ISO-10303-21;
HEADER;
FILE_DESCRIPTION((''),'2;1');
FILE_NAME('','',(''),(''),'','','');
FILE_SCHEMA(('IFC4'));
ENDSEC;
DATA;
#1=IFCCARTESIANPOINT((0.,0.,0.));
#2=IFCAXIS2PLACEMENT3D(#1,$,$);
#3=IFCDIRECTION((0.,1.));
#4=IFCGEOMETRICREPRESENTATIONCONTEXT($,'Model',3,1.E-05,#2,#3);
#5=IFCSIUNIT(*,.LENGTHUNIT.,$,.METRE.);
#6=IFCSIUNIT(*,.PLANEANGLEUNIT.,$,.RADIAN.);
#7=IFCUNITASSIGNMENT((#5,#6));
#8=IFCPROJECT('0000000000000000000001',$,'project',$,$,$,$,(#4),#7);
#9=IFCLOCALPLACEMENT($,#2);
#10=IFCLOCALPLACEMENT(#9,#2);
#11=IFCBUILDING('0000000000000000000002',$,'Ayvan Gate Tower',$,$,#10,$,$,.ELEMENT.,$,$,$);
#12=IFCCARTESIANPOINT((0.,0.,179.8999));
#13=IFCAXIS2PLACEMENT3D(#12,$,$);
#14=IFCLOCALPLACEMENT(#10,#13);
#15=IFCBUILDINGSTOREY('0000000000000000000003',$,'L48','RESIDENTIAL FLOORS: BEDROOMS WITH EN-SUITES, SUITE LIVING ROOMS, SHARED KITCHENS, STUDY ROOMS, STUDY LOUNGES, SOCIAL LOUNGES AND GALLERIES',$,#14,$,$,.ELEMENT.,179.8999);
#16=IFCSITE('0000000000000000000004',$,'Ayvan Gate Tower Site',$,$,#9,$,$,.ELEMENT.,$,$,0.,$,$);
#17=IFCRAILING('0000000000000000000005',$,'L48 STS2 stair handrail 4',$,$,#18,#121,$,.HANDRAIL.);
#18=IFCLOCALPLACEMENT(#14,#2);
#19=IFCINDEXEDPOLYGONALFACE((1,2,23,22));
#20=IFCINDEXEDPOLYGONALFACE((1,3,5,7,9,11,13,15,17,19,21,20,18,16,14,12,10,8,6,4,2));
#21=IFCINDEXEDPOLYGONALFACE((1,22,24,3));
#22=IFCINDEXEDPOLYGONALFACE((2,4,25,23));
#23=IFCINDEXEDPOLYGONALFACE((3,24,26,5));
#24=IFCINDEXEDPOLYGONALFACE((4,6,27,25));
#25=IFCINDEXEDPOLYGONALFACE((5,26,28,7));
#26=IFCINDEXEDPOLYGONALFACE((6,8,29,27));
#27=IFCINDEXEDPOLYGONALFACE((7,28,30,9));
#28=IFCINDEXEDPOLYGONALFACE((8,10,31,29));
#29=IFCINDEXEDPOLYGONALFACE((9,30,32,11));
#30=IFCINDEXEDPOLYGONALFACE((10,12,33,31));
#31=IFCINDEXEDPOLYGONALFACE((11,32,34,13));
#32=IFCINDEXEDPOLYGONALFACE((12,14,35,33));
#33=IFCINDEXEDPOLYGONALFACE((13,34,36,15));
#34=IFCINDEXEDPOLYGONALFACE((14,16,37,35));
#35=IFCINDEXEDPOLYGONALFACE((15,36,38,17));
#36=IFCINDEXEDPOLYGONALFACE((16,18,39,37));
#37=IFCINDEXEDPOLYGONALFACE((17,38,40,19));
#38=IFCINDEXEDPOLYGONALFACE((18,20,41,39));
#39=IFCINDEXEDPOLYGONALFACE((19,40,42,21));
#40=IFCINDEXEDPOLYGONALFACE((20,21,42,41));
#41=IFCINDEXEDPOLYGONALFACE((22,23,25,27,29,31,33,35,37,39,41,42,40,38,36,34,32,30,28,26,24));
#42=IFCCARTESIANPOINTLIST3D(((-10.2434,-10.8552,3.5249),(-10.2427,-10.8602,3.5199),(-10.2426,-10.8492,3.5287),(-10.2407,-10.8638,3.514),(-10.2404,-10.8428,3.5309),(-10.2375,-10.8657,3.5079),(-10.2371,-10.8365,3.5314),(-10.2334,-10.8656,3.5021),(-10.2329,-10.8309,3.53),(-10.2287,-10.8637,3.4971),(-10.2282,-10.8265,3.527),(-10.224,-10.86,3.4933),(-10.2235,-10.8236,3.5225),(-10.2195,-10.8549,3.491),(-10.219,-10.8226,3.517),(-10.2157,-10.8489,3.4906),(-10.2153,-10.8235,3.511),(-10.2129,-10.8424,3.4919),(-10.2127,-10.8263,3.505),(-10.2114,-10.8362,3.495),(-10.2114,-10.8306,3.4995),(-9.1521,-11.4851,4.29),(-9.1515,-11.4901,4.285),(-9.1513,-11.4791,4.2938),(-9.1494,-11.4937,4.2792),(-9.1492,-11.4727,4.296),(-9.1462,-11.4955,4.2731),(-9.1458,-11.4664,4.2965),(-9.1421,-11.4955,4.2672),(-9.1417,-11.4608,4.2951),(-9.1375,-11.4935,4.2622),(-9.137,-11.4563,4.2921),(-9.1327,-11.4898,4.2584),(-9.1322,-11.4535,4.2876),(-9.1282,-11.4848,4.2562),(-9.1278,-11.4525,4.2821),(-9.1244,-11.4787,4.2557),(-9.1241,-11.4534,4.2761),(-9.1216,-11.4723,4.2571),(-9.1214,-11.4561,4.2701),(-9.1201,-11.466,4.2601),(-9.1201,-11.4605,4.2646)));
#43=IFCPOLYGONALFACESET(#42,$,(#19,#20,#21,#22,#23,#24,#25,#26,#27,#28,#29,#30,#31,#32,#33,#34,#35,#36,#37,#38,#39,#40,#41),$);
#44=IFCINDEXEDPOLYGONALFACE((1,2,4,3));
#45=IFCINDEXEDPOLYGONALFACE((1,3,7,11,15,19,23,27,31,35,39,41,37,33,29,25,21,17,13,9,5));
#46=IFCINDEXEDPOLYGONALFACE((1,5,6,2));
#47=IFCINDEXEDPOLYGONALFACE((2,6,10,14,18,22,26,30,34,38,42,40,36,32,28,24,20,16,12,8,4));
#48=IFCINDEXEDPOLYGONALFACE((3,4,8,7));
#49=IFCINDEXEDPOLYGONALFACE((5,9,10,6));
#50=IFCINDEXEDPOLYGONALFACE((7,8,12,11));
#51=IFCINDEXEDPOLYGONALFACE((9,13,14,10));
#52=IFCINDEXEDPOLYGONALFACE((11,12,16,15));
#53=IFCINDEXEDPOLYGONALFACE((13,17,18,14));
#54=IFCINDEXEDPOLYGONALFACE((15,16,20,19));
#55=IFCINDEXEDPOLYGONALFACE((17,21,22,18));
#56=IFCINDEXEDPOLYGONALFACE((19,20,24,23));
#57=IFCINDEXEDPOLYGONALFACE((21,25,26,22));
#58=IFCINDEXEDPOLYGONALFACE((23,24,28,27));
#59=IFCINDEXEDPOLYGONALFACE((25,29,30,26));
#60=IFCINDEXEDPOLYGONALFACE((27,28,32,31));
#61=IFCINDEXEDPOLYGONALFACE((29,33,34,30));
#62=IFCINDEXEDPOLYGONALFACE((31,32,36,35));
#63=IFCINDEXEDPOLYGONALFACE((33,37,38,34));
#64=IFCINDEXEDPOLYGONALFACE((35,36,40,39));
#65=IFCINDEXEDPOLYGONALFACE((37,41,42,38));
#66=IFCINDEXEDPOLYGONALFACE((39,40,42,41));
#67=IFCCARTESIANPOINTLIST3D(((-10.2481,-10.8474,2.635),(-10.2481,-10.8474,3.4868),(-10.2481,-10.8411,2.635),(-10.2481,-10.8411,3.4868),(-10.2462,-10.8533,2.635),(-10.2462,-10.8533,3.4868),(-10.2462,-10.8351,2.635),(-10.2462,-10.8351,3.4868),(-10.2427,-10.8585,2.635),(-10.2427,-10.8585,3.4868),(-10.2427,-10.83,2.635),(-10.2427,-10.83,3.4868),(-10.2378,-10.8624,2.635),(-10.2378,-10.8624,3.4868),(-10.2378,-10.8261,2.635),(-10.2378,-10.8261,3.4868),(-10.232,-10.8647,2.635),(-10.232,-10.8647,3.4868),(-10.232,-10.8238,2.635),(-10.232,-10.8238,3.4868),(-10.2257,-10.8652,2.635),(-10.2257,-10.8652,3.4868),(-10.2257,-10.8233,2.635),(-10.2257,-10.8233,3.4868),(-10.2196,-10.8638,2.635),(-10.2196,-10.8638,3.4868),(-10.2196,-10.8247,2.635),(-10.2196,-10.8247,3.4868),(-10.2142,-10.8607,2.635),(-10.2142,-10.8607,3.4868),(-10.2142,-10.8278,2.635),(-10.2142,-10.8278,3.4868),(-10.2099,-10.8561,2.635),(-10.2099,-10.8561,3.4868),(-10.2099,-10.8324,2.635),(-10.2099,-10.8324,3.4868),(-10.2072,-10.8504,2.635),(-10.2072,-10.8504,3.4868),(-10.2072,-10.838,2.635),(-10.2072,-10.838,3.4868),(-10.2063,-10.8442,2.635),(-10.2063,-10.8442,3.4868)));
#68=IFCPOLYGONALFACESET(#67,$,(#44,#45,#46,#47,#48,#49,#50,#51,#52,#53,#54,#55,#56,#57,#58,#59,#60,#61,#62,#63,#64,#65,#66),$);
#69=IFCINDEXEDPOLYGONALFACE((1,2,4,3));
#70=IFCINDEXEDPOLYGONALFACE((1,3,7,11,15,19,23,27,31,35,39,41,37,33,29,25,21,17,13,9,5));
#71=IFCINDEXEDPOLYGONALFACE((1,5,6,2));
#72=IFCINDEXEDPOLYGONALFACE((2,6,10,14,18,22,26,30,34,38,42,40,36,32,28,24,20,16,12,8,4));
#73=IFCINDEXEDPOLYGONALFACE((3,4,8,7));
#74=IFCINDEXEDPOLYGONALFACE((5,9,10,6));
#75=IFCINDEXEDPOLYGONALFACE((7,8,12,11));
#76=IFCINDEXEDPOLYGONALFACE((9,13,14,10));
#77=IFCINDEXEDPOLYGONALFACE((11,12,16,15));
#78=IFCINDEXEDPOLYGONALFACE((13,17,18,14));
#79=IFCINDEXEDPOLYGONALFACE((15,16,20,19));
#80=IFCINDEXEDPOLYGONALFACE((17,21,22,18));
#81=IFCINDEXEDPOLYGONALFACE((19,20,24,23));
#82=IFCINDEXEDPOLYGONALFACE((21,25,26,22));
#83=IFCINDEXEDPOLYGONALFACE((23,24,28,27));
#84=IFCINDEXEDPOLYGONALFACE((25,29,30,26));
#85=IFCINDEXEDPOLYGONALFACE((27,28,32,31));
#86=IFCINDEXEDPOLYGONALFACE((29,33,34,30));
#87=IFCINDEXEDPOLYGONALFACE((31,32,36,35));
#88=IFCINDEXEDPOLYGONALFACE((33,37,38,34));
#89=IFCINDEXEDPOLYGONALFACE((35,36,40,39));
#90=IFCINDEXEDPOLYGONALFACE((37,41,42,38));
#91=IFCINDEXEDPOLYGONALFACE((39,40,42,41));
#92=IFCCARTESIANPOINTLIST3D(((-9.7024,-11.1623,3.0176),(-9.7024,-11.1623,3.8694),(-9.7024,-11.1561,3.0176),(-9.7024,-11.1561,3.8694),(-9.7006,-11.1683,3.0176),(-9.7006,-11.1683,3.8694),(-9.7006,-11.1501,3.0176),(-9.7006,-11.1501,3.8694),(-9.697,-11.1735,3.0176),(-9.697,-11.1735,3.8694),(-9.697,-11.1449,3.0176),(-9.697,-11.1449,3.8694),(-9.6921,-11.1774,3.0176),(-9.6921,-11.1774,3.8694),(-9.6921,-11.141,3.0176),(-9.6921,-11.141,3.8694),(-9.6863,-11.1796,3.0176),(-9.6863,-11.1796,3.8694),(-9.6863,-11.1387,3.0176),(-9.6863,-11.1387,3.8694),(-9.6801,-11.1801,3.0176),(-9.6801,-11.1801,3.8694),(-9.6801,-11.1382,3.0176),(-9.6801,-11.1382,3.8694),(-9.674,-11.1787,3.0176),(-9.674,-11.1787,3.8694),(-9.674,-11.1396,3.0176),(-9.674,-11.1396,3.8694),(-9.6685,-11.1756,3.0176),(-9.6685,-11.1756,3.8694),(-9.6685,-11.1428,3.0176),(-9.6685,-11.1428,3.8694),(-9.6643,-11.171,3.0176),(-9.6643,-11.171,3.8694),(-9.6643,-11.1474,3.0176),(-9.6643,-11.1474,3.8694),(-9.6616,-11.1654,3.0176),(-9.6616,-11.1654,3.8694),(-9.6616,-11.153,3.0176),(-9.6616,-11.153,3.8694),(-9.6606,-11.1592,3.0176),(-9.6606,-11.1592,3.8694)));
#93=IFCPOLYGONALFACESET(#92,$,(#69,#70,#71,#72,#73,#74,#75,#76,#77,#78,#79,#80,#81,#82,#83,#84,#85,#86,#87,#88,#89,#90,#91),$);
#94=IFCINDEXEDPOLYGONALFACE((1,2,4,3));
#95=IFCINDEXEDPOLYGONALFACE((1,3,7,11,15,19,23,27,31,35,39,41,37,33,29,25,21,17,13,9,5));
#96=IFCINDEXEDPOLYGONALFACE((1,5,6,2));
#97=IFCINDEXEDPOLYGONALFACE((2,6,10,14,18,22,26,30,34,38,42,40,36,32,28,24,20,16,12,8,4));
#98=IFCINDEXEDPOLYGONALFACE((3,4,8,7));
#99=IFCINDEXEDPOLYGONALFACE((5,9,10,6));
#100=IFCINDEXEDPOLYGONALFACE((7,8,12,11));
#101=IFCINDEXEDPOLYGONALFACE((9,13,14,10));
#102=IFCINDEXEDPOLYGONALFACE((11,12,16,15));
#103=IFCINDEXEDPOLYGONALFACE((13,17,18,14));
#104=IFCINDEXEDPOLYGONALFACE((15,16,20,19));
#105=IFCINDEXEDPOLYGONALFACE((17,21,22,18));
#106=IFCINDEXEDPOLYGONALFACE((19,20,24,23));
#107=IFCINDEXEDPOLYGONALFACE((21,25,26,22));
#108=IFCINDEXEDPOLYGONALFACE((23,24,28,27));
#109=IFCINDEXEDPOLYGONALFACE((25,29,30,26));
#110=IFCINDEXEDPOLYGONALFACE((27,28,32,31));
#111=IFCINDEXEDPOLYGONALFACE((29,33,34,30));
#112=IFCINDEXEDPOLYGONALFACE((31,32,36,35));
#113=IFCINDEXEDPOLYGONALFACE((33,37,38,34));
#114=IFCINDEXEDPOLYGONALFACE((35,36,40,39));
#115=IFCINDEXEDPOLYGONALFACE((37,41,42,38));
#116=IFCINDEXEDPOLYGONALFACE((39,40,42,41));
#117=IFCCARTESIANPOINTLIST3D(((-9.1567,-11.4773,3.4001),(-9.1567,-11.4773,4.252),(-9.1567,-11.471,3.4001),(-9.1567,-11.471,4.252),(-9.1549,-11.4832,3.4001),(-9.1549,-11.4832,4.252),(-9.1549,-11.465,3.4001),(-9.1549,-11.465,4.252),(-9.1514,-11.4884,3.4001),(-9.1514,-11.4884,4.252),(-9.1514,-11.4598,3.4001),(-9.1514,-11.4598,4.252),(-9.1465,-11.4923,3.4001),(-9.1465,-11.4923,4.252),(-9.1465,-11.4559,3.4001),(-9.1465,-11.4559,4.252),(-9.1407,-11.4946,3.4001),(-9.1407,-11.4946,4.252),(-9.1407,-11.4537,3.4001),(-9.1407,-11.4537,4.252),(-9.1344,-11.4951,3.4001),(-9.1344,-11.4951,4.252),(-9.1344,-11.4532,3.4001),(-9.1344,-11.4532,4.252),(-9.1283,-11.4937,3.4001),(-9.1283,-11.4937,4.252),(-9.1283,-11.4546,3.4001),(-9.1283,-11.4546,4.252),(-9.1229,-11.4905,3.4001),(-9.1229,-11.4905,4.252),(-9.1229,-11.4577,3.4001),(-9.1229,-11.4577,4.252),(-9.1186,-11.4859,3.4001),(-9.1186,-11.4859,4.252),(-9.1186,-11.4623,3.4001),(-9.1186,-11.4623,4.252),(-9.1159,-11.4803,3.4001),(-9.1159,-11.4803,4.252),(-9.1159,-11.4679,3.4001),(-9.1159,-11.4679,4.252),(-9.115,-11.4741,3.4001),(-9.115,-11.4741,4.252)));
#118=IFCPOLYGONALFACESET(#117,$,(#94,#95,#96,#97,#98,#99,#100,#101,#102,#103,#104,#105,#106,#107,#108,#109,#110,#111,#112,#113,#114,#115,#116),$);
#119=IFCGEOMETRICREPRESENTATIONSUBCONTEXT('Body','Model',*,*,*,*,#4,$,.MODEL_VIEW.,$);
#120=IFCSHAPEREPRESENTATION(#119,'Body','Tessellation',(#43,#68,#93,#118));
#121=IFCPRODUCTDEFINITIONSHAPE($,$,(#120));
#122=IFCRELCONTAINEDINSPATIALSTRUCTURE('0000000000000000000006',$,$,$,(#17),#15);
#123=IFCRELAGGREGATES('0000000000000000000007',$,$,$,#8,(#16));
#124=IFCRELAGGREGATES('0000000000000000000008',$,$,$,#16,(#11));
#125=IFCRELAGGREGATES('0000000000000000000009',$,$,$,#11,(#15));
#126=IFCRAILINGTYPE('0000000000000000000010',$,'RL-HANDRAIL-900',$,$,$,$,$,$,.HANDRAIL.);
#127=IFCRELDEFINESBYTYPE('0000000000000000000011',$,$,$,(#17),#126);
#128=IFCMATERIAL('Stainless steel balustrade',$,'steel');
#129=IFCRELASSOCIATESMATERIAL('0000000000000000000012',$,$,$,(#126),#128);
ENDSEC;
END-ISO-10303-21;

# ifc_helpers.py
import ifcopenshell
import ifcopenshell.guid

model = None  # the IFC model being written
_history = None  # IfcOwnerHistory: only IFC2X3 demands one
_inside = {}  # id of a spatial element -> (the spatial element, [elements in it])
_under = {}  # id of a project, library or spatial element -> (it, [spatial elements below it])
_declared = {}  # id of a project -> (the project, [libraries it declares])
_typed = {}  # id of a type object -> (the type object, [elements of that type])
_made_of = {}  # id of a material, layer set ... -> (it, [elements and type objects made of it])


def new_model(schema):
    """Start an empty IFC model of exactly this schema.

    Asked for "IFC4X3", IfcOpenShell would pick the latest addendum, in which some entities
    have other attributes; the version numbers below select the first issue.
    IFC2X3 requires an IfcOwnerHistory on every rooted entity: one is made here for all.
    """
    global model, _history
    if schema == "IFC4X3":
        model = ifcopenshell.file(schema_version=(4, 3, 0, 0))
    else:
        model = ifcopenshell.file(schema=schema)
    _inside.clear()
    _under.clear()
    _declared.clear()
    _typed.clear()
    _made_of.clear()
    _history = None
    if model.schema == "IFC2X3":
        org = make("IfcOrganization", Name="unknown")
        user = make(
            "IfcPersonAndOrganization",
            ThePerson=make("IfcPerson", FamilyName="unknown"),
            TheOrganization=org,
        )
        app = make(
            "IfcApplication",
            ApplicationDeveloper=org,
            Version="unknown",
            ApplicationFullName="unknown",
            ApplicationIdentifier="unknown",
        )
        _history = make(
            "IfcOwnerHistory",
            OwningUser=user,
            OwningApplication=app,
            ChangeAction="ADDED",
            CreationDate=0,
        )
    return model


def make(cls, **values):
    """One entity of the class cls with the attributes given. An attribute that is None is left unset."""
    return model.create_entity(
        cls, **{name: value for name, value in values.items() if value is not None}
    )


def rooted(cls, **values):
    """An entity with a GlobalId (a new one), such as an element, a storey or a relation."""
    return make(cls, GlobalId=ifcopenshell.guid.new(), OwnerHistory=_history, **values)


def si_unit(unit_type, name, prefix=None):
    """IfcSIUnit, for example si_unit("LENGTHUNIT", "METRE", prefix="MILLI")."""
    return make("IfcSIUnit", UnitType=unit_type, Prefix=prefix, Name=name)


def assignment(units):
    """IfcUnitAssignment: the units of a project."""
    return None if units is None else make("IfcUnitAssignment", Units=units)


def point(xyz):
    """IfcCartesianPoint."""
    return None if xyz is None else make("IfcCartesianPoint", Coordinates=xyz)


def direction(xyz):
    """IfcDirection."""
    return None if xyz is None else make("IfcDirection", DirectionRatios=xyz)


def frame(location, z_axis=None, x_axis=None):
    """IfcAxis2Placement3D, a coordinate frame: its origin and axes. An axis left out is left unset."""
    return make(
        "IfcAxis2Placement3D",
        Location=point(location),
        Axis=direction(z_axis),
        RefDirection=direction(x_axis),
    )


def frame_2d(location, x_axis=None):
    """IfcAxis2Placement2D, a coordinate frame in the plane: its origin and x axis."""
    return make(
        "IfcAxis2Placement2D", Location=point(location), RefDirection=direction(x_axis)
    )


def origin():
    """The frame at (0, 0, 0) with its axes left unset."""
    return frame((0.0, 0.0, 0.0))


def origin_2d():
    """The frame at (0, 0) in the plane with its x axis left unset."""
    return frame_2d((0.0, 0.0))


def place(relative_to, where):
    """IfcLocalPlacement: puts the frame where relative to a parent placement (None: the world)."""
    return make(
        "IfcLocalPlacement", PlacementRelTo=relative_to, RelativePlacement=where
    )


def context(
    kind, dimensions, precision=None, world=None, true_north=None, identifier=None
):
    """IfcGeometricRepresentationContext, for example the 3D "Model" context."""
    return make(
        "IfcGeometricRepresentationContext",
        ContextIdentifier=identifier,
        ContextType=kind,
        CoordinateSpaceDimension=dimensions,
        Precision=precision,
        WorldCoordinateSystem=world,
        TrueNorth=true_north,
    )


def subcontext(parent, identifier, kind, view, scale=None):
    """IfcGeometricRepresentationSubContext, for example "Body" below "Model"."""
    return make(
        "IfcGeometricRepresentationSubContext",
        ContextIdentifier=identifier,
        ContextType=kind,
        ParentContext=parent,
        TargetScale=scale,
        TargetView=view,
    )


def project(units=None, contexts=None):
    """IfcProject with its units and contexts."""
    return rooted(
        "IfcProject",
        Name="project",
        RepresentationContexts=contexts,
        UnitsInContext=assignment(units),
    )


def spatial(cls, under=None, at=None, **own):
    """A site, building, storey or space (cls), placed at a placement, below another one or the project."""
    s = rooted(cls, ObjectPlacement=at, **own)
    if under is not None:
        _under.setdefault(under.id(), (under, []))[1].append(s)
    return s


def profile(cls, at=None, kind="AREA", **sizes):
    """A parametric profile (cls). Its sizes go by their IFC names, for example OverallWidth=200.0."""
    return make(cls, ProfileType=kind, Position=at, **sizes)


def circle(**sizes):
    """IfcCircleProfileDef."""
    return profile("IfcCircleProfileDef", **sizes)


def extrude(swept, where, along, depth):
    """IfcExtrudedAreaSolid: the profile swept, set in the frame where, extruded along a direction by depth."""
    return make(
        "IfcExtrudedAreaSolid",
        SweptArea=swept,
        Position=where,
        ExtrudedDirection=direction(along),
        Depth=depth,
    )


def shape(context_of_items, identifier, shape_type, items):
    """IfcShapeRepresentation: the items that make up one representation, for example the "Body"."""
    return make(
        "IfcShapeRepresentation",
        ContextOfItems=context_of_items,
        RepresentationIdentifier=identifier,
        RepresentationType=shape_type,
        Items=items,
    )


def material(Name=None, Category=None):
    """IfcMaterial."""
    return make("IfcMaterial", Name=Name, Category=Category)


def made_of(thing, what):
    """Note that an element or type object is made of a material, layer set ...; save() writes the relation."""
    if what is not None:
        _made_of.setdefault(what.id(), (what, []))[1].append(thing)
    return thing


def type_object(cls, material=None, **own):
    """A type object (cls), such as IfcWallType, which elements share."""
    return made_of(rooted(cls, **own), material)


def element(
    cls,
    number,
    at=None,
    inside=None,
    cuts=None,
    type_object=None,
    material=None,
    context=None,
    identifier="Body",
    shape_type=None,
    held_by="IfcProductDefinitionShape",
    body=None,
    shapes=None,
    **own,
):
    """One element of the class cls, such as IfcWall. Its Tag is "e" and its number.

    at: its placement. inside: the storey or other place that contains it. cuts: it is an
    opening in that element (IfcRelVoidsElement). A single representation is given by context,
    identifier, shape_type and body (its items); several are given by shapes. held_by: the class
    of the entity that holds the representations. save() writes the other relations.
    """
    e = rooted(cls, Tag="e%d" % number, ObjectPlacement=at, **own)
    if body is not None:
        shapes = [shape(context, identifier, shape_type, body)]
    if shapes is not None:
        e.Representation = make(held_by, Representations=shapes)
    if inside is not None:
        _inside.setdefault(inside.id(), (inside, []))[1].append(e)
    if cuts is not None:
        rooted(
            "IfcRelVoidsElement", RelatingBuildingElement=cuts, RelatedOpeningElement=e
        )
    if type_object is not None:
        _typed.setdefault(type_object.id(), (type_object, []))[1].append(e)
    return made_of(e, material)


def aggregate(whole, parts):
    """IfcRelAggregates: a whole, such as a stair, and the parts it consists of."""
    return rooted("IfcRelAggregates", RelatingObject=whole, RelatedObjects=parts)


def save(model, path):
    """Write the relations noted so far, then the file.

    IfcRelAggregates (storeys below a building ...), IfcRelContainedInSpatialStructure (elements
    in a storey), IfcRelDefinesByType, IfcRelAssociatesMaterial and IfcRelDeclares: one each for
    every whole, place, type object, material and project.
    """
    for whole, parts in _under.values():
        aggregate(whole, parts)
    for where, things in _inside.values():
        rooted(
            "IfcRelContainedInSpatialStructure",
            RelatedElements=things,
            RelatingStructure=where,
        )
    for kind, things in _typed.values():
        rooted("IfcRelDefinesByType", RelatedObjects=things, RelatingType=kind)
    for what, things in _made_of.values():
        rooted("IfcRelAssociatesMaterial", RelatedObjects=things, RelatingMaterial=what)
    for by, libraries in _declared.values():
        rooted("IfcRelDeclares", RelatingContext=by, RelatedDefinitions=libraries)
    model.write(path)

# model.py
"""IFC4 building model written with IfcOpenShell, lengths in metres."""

from ifc_helpers import new_model, si_unit, direction, frame, origin, origin_2d, place, context, subcontext, project, spatial, circle, extrude, material, type_object, element, save


model = new_model("IFC4")

# Units and contexts
model_context = context("Model", 3, precision=1e-05, world=origin(), true_north=direction((0.0, 1.0)))
body_context = subcontext(model_context, "Body", "Model", "MODEL_VIEW")
ifc_project = project(units=[si_unit("LENGTHUNIT", "METRE"), si_unit("PLANEANGLEUNIT", "RADIAN")], contexts=[model_context])

# Site, building, storey
site_placement = place(None, origin())
site = spatial("IfcSite", under=ifc_project, at=site_placement, Name="Ayvan Gate Tower Site", CompositionType="ELEMENT", RefElevation=0.0)
building_placement = place(site_placement, origin())
building = spatial("IfcBuilding", under=site, at=building_placement, Name="Ayvan Gate Tower", CompositionType="ELEMENT")
storey_placement = place(building_placement, frame((0.0, 0.0, 179.8999)))
storey = spatial("IfcBuildingStorey", under=building, at=storey_placement, Name="L48", Description="RESIDENTIAL FLOORS: BEDROOMS WITH EN-SUITES, SUITE LIVING ROOMS, SHARED KITCHENS, STUDY ROOMS, STUDY LOUNGES, SOCIAL LOUNGES AND GALLERIES", CompositionType="ELEMENT", Elevation=179.8999)

# Railing
ifc_material_1 = material(Name="Stainless steel balustrade", Category="steel")
railing_type_1 = type_object("IfcRailingType", Name="RL-HANDRAIL-900", PredefinedType="HANDRAIL", material=ifc_material_1)
railing_1_placement = place(storey_placement, frame((-10.2273, -10.8442, 2.635)))
element("IfcRailing", 1, at=railing_1_placement, inside=storey, type_object=railing_type_1, Name="L48 STS2 stair handrail 4", PredefinedType="HANDRAIL", context=body_context, shape_type="SweptSolid", body=[
    extrude(circle(Radius=0.0239, at=origin_2d()), frame((0.0, 0.0, 0.876), z_axis=(0.740293, -0.427283, 0.519033), x_axis=(0.49989, 0.866089, 0.0)), (0.0, 0.0, 1.0), 1.4741),
    extrude(circle(Radius=0.021, at=origin_2d()), origin(), (0.0, 0.0, 1.0), 0.8518),
    extrude(circle(Radius=0.021, at=origin_2d()), frame((0.5457, -0.3149, 0.3826)), (0.0, 0.0, 1.0), 0.8518),
    extrude(circle(Radius=0.021, at=origin_2d()), frame((1.0913, -0.6299, 0.7651)), (0.0, 0.0, 1.0), 0.8518),
])

save(model, "model.ifc")
